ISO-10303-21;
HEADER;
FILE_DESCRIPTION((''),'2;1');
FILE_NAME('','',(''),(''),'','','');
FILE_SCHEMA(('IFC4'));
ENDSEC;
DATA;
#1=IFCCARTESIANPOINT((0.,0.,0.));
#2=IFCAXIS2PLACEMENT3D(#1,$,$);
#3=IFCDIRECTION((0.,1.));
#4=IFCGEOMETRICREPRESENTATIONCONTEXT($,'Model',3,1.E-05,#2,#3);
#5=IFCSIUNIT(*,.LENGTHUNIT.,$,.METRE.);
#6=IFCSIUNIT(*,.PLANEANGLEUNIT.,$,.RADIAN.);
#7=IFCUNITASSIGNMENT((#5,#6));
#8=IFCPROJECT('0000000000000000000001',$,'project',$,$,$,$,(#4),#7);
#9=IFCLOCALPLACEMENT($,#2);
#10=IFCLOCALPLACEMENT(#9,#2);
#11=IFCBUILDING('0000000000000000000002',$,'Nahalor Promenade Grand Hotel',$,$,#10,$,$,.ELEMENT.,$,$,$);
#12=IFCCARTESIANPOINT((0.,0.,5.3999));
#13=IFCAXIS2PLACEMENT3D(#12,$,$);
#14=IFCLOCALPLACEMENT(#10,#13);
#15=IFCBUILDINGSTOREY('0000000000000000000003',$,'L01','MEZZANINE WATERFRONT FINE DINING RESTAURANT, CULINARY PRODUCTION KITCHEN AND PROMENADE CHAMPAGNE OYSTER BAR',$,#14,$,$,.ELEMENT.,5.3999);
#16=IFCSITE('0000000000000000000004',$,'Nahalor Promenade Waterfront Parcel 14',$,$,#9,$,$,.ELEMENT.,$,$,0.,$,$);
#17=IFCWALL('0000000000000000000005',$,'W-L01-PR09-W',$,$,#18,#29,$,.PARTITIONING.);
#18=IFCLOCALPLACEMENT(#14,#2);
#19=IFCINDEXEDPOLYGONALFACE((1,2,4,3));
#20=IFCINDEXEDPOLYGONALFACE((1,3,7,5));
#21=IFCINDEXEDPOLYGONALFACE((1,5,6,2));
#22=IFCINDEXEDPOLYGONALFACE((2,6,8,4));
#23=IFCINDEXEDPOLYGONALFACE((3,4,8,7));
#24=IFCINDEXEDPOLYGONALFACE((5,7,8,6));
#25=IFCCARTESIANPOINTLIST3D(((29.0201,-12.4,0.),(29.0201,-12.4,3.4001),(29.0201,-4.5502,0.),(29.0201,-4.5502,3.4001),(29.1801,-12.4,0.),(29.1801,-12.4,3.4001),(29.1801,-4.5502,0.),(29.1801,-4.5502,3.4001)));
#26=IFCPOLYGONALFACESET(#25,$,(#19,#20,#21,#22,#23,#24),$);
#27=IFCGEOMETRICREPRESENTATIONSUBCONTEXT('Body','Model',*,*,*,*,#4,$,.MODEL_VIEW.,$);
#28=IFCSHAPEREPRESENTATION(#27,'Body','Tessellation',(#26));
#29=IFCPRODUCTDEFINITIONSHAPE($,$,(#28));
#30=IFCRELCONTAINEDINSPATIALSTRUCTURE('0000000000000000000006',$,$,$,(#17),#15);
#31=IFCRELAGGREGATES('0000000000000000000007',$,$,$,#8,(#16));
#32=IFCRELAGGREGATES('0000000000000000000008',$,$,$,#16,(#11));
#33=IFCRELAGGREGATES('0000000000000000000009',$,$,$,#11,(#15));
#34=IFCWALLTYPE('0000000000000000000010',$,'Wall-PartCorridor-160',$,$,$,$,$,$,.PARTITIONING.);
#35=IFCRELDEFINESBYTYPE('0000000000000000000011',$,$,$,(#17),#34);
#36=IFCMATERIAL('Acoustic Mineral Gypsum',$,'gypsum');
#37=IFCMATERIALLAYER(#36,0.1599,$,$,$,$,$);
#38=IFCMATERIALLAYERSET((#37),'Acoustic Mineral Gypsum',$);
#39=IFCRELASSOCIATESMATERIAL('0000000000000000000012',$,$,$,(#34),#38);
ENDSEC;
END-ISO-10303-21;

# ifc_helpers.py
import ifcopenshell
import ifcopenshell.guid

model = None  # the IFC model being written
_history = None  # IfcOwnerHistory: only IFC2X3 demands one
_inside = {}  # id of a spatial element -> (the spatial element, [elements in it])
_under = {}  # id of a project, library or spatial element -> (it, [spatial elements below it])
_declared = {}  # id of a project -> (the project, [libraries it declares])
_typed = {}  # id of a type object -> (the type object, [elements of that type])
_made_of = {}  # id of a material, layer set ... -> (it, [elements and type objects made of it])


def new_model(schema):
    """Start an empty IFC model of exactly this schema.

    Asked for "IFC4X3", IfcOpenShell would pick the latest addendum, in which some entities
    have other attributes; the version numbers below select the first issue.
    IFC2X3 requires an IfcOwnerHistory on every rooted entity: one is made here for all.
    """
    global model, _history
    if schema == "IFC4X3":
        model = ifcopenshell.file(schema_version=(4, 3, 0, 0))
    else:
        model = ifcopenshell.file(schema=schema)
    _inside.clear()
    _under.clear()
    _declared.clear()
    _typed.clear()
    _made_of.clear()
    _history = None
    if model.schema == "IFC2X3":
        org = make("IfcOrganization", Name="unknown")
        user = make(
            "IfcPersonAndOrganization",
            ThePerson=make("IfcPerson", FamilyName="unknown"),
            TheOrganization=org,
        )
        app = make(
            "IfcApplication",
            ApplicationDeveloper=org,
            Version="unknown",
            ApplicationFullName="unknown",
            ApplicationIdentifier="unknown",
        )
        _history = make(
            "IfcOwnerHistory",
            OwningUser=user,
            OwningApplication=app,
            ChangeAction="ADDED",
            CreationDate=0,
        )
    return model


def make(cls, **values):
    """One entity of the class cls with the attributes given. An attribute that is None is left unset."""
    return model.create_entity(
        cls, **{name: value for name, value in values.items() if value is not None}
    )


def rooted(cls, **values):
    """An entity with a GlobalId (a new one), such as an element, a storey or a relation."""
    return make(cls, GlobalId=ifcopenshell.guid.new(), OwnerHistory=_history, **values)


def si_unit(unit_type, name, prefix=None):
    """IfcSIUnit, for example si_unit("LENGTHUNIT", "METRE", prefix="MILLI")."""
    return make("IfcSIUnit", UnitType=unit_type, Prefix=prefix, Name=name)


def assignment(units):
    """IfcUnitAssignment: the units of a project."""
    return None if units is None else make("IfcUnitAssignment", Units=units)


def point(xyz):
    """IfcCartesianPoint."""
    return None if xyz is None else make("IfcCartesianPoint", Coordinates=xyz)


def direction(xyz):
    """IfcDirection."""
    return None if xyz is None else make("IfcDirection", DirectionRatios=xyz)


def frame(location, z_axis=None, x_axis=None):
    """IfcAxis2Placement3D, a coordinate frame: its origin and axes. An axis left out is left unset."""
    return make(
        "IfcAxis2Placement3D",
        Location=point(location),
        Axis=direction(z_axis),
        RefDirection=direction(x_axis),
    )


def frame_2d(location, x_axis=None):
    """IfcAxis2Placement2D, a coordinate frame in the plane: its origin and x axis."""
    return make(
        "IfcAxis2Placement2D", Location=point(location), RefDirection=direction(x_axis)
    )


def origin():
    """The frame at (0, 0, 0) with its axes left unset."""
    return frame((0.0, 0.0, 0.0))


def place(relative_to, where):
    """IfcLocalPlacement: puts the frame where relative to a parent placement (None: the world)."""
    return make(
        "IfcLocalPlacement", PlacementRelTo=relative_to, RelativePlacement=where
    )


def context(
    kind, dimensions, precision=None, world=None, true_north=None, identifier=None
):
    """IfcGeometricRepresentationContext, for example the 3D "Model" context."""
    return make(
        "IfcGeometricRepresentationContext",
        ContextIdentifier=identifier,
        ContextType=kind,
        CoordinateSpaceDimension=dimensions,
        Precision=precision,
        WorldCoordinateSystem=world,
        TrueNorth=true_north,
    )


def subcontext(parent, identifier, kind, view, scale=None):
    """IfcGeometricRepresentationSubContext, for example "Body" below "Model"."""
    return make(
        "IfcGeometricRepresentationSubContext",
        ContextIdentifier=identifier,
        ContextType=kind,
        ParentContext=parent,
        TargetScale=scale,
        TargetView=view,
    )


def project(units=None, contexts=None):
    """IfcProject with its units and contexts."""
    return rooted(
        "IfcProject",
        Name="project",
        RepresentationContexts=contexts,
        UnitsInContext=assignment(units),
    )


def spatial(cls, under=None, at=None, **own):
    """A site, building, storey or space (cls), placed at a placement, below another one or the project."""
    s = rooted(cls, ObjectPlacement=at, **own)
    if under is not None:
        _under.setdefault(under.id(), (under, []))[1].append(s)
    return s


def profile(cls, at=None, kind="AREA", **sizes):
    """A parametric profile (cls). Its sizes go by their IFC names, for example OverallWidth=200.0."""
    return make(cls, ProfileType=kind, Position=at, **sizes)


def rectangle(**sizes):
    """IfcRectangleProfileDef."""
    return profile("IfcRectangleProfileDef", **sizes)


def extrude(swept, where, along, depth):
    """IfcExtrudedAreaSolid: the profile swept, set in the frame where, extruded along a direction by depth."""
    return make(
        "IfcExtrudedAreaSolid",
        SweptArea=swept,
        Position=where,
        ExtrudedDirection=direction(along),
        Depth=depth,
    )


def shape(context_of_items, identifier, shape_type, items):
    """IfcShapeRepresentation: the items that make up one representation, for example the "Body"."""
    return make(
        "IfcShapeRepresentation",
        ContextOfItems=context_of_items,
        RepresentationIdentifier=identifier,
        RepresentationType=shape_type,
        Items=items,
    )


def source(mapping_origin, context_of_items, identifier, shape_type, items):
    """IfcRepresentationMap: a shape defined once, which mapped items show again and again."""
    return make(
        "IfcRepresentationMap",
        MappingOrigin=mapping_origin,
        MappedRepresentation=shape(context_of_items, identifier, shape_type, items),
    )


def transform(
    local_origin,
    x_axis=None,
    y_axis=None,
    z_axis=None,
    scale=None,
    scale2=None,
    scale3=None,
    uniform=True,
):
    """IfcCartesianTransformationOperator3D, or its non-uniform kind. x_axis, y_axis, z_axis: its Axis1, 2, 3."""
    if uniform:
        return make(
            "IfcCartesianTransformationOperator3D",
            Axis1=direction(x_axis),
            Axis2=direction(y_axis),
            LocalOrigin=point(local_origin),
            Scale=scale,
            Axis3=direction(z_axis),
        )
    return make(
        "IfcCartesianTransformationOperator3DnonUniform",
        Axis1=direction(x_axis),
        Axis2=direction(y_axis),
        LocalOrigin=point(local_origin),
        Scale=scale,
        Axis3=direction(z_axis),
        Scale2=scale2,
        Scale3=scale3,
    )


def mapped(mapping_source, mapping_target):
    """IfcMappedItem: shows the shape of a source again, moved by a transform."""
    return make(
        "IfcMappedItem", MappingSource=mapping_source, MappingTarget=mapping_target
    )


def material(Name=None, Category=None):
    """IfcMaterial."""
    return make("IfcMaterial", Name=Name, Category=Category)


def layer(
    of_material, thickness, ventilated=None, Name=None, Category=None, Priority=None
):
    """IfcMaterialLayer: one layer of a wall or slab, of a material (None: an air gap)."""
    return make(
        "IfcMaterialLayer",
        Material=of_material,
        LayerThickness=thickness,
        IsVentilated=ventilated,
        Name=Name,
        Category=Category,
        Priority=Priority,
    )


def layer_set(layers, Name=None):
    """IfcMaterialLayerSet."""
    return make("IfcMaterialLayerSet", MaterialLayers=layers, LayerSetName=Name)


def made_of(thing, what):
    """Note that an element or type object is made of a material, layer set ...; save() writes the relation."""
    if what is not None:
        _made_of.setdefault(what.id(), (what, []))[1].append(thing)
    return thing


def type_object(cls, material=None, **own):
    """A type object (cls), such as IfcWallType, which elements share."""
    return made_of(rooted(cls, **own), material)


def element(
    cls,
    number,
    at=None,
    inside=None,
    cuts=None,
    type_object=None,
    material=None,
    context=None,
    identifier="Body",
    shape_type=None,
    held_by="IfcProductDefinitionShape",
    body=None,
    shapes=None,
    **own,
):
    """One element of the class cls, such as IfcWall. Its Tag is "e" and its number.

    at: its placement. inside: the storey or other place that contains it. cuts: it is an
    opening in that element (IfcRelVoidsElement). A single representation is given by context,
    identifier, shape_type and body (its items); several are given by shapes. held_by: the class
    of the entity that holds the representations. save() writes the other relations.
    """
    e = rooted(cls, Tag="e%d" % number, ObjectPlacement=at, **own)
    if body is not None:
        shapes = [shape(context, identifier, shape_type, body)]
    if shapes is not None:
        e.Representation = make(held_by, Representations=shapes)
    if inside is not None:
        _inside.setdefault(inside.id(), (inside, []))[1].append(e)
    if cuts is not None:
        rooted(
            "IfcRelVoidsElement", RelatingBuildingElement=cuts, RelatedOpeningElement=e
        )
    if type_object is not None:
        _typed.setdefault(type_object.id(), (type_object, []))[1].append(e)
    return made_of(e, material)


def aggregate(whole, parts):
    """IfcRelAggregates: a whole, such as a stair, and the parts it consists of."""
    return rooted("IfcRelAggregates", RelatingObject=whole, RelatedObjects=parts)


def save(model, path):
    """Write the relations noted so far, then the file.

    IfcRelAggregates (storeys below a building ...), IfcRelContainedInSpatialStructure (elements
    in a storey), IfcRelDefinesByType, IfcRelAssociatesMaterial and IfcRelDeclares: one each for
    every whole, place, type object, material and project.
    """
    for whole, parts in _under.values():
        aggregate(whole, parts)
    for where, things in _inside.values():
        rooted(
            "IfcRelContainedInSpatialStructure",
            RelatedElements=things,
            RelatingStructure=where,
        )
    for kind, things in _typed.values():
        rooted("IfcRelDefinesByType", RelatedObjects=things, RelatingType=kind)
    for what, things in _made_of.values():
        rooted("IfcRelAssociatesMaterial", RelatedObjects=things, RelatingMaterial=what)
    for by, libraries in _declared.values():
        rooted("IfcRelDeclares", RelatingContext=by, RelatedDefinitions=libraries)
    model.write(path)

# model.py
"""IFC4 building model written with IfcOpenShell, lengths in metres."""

from ifc_helpers import new_model, si_unit, direction, frame, frame_2d, origin, place, context, subcontext, project, spatial, rectangle, extrude, source, transform, mapped, material, layer, layer_set, type_object, element, save


model = new_model("IFC4")

# Units and contexts
model_context = context("Model", 3, precision=1e-05, world=origin(), true_north=direction((0.0, 1.0)))
body_context = subcontext(model_context, "Body", "Model", "MODEL_VIEW")
ifc_project = project(units=[si_unit("LENGTHUNIT", "METRE"), si_unit("PLANEANGLEUNIT", "RADIAN")], contexts=[model_context])

# Site, building, storey
site_placement = place(None, origin())
site = spatial("IfcSite", under=ifc_project, at=site_placement, Name="Nahalor Promenade Waterfront Parcel 14", CompositionType="ELEMENT", RefElevation=0.0)
building_placement = place(site_placement, origin())
building = spatial("IfcBuilding", under=site, at=building_placement, Name="Nahalor Promenade Grand Hotel", CompositionType="ELEMENT")
storey_placement = place(building_placement, frame((0.0, 0.0, 5.3999)))
storey = spatial("IfcBuildingStorey", under=building, at=storey_placement, Name="L01", Description="MEZZANINE WATERFRONT FINE DINING RESTAURANT, CULINARY PRODUCTION KITCHEN AND PROMENADE CHAMPAGNE OYSTER BAR", CompositionType="ELEMENT", Elevation=5.3999)

# Wall
ifc_material_1 = material(Name="Acoustic Mineral Gypsum", Category="gypsum")
ifc_layer_1 = layer(ifc_material_1, 0.1599)
ifc_layer_set_1 = layer_set([ifc_layer_1], Name="Acoustic Mineral Gypsum")
wall_type_1 = type_object("IfcWallType", Name="Wall-PartCorridor-160", PredefinedType="PARTITIONING", material=ifc_layer_set_1)
shared_shape_1 = source(origin(), body_context, "Body", "SweptSolid", [
    extrude(rectangle(XDim=7.8499, YDim=0.1599, at=frame_2d((3.9248, 0.0))), origin(), (0.0, 0.0, 1.0), 3.4001),
])
wall_1_placement = place(storey_placement, frame((29.1001, -12.3999, 0.0), z_axis=(0.0, 0.0, 1.0), x_axis=(0.0, 1.0, 0.0)))
element("IfcWall", 1, at=wall_1_placement, inside=storey, type_object=wall_type_1, Name="W-L01-PR09-W", PredefinedType="PARTITIONING", context=body_context, shape_type="MappedRepresentation", body=[
    mapped(shared_shape_1, transform((0.0, 0.0, 0.0), scale=1.0)),
])

save(model, "model.ifc")
